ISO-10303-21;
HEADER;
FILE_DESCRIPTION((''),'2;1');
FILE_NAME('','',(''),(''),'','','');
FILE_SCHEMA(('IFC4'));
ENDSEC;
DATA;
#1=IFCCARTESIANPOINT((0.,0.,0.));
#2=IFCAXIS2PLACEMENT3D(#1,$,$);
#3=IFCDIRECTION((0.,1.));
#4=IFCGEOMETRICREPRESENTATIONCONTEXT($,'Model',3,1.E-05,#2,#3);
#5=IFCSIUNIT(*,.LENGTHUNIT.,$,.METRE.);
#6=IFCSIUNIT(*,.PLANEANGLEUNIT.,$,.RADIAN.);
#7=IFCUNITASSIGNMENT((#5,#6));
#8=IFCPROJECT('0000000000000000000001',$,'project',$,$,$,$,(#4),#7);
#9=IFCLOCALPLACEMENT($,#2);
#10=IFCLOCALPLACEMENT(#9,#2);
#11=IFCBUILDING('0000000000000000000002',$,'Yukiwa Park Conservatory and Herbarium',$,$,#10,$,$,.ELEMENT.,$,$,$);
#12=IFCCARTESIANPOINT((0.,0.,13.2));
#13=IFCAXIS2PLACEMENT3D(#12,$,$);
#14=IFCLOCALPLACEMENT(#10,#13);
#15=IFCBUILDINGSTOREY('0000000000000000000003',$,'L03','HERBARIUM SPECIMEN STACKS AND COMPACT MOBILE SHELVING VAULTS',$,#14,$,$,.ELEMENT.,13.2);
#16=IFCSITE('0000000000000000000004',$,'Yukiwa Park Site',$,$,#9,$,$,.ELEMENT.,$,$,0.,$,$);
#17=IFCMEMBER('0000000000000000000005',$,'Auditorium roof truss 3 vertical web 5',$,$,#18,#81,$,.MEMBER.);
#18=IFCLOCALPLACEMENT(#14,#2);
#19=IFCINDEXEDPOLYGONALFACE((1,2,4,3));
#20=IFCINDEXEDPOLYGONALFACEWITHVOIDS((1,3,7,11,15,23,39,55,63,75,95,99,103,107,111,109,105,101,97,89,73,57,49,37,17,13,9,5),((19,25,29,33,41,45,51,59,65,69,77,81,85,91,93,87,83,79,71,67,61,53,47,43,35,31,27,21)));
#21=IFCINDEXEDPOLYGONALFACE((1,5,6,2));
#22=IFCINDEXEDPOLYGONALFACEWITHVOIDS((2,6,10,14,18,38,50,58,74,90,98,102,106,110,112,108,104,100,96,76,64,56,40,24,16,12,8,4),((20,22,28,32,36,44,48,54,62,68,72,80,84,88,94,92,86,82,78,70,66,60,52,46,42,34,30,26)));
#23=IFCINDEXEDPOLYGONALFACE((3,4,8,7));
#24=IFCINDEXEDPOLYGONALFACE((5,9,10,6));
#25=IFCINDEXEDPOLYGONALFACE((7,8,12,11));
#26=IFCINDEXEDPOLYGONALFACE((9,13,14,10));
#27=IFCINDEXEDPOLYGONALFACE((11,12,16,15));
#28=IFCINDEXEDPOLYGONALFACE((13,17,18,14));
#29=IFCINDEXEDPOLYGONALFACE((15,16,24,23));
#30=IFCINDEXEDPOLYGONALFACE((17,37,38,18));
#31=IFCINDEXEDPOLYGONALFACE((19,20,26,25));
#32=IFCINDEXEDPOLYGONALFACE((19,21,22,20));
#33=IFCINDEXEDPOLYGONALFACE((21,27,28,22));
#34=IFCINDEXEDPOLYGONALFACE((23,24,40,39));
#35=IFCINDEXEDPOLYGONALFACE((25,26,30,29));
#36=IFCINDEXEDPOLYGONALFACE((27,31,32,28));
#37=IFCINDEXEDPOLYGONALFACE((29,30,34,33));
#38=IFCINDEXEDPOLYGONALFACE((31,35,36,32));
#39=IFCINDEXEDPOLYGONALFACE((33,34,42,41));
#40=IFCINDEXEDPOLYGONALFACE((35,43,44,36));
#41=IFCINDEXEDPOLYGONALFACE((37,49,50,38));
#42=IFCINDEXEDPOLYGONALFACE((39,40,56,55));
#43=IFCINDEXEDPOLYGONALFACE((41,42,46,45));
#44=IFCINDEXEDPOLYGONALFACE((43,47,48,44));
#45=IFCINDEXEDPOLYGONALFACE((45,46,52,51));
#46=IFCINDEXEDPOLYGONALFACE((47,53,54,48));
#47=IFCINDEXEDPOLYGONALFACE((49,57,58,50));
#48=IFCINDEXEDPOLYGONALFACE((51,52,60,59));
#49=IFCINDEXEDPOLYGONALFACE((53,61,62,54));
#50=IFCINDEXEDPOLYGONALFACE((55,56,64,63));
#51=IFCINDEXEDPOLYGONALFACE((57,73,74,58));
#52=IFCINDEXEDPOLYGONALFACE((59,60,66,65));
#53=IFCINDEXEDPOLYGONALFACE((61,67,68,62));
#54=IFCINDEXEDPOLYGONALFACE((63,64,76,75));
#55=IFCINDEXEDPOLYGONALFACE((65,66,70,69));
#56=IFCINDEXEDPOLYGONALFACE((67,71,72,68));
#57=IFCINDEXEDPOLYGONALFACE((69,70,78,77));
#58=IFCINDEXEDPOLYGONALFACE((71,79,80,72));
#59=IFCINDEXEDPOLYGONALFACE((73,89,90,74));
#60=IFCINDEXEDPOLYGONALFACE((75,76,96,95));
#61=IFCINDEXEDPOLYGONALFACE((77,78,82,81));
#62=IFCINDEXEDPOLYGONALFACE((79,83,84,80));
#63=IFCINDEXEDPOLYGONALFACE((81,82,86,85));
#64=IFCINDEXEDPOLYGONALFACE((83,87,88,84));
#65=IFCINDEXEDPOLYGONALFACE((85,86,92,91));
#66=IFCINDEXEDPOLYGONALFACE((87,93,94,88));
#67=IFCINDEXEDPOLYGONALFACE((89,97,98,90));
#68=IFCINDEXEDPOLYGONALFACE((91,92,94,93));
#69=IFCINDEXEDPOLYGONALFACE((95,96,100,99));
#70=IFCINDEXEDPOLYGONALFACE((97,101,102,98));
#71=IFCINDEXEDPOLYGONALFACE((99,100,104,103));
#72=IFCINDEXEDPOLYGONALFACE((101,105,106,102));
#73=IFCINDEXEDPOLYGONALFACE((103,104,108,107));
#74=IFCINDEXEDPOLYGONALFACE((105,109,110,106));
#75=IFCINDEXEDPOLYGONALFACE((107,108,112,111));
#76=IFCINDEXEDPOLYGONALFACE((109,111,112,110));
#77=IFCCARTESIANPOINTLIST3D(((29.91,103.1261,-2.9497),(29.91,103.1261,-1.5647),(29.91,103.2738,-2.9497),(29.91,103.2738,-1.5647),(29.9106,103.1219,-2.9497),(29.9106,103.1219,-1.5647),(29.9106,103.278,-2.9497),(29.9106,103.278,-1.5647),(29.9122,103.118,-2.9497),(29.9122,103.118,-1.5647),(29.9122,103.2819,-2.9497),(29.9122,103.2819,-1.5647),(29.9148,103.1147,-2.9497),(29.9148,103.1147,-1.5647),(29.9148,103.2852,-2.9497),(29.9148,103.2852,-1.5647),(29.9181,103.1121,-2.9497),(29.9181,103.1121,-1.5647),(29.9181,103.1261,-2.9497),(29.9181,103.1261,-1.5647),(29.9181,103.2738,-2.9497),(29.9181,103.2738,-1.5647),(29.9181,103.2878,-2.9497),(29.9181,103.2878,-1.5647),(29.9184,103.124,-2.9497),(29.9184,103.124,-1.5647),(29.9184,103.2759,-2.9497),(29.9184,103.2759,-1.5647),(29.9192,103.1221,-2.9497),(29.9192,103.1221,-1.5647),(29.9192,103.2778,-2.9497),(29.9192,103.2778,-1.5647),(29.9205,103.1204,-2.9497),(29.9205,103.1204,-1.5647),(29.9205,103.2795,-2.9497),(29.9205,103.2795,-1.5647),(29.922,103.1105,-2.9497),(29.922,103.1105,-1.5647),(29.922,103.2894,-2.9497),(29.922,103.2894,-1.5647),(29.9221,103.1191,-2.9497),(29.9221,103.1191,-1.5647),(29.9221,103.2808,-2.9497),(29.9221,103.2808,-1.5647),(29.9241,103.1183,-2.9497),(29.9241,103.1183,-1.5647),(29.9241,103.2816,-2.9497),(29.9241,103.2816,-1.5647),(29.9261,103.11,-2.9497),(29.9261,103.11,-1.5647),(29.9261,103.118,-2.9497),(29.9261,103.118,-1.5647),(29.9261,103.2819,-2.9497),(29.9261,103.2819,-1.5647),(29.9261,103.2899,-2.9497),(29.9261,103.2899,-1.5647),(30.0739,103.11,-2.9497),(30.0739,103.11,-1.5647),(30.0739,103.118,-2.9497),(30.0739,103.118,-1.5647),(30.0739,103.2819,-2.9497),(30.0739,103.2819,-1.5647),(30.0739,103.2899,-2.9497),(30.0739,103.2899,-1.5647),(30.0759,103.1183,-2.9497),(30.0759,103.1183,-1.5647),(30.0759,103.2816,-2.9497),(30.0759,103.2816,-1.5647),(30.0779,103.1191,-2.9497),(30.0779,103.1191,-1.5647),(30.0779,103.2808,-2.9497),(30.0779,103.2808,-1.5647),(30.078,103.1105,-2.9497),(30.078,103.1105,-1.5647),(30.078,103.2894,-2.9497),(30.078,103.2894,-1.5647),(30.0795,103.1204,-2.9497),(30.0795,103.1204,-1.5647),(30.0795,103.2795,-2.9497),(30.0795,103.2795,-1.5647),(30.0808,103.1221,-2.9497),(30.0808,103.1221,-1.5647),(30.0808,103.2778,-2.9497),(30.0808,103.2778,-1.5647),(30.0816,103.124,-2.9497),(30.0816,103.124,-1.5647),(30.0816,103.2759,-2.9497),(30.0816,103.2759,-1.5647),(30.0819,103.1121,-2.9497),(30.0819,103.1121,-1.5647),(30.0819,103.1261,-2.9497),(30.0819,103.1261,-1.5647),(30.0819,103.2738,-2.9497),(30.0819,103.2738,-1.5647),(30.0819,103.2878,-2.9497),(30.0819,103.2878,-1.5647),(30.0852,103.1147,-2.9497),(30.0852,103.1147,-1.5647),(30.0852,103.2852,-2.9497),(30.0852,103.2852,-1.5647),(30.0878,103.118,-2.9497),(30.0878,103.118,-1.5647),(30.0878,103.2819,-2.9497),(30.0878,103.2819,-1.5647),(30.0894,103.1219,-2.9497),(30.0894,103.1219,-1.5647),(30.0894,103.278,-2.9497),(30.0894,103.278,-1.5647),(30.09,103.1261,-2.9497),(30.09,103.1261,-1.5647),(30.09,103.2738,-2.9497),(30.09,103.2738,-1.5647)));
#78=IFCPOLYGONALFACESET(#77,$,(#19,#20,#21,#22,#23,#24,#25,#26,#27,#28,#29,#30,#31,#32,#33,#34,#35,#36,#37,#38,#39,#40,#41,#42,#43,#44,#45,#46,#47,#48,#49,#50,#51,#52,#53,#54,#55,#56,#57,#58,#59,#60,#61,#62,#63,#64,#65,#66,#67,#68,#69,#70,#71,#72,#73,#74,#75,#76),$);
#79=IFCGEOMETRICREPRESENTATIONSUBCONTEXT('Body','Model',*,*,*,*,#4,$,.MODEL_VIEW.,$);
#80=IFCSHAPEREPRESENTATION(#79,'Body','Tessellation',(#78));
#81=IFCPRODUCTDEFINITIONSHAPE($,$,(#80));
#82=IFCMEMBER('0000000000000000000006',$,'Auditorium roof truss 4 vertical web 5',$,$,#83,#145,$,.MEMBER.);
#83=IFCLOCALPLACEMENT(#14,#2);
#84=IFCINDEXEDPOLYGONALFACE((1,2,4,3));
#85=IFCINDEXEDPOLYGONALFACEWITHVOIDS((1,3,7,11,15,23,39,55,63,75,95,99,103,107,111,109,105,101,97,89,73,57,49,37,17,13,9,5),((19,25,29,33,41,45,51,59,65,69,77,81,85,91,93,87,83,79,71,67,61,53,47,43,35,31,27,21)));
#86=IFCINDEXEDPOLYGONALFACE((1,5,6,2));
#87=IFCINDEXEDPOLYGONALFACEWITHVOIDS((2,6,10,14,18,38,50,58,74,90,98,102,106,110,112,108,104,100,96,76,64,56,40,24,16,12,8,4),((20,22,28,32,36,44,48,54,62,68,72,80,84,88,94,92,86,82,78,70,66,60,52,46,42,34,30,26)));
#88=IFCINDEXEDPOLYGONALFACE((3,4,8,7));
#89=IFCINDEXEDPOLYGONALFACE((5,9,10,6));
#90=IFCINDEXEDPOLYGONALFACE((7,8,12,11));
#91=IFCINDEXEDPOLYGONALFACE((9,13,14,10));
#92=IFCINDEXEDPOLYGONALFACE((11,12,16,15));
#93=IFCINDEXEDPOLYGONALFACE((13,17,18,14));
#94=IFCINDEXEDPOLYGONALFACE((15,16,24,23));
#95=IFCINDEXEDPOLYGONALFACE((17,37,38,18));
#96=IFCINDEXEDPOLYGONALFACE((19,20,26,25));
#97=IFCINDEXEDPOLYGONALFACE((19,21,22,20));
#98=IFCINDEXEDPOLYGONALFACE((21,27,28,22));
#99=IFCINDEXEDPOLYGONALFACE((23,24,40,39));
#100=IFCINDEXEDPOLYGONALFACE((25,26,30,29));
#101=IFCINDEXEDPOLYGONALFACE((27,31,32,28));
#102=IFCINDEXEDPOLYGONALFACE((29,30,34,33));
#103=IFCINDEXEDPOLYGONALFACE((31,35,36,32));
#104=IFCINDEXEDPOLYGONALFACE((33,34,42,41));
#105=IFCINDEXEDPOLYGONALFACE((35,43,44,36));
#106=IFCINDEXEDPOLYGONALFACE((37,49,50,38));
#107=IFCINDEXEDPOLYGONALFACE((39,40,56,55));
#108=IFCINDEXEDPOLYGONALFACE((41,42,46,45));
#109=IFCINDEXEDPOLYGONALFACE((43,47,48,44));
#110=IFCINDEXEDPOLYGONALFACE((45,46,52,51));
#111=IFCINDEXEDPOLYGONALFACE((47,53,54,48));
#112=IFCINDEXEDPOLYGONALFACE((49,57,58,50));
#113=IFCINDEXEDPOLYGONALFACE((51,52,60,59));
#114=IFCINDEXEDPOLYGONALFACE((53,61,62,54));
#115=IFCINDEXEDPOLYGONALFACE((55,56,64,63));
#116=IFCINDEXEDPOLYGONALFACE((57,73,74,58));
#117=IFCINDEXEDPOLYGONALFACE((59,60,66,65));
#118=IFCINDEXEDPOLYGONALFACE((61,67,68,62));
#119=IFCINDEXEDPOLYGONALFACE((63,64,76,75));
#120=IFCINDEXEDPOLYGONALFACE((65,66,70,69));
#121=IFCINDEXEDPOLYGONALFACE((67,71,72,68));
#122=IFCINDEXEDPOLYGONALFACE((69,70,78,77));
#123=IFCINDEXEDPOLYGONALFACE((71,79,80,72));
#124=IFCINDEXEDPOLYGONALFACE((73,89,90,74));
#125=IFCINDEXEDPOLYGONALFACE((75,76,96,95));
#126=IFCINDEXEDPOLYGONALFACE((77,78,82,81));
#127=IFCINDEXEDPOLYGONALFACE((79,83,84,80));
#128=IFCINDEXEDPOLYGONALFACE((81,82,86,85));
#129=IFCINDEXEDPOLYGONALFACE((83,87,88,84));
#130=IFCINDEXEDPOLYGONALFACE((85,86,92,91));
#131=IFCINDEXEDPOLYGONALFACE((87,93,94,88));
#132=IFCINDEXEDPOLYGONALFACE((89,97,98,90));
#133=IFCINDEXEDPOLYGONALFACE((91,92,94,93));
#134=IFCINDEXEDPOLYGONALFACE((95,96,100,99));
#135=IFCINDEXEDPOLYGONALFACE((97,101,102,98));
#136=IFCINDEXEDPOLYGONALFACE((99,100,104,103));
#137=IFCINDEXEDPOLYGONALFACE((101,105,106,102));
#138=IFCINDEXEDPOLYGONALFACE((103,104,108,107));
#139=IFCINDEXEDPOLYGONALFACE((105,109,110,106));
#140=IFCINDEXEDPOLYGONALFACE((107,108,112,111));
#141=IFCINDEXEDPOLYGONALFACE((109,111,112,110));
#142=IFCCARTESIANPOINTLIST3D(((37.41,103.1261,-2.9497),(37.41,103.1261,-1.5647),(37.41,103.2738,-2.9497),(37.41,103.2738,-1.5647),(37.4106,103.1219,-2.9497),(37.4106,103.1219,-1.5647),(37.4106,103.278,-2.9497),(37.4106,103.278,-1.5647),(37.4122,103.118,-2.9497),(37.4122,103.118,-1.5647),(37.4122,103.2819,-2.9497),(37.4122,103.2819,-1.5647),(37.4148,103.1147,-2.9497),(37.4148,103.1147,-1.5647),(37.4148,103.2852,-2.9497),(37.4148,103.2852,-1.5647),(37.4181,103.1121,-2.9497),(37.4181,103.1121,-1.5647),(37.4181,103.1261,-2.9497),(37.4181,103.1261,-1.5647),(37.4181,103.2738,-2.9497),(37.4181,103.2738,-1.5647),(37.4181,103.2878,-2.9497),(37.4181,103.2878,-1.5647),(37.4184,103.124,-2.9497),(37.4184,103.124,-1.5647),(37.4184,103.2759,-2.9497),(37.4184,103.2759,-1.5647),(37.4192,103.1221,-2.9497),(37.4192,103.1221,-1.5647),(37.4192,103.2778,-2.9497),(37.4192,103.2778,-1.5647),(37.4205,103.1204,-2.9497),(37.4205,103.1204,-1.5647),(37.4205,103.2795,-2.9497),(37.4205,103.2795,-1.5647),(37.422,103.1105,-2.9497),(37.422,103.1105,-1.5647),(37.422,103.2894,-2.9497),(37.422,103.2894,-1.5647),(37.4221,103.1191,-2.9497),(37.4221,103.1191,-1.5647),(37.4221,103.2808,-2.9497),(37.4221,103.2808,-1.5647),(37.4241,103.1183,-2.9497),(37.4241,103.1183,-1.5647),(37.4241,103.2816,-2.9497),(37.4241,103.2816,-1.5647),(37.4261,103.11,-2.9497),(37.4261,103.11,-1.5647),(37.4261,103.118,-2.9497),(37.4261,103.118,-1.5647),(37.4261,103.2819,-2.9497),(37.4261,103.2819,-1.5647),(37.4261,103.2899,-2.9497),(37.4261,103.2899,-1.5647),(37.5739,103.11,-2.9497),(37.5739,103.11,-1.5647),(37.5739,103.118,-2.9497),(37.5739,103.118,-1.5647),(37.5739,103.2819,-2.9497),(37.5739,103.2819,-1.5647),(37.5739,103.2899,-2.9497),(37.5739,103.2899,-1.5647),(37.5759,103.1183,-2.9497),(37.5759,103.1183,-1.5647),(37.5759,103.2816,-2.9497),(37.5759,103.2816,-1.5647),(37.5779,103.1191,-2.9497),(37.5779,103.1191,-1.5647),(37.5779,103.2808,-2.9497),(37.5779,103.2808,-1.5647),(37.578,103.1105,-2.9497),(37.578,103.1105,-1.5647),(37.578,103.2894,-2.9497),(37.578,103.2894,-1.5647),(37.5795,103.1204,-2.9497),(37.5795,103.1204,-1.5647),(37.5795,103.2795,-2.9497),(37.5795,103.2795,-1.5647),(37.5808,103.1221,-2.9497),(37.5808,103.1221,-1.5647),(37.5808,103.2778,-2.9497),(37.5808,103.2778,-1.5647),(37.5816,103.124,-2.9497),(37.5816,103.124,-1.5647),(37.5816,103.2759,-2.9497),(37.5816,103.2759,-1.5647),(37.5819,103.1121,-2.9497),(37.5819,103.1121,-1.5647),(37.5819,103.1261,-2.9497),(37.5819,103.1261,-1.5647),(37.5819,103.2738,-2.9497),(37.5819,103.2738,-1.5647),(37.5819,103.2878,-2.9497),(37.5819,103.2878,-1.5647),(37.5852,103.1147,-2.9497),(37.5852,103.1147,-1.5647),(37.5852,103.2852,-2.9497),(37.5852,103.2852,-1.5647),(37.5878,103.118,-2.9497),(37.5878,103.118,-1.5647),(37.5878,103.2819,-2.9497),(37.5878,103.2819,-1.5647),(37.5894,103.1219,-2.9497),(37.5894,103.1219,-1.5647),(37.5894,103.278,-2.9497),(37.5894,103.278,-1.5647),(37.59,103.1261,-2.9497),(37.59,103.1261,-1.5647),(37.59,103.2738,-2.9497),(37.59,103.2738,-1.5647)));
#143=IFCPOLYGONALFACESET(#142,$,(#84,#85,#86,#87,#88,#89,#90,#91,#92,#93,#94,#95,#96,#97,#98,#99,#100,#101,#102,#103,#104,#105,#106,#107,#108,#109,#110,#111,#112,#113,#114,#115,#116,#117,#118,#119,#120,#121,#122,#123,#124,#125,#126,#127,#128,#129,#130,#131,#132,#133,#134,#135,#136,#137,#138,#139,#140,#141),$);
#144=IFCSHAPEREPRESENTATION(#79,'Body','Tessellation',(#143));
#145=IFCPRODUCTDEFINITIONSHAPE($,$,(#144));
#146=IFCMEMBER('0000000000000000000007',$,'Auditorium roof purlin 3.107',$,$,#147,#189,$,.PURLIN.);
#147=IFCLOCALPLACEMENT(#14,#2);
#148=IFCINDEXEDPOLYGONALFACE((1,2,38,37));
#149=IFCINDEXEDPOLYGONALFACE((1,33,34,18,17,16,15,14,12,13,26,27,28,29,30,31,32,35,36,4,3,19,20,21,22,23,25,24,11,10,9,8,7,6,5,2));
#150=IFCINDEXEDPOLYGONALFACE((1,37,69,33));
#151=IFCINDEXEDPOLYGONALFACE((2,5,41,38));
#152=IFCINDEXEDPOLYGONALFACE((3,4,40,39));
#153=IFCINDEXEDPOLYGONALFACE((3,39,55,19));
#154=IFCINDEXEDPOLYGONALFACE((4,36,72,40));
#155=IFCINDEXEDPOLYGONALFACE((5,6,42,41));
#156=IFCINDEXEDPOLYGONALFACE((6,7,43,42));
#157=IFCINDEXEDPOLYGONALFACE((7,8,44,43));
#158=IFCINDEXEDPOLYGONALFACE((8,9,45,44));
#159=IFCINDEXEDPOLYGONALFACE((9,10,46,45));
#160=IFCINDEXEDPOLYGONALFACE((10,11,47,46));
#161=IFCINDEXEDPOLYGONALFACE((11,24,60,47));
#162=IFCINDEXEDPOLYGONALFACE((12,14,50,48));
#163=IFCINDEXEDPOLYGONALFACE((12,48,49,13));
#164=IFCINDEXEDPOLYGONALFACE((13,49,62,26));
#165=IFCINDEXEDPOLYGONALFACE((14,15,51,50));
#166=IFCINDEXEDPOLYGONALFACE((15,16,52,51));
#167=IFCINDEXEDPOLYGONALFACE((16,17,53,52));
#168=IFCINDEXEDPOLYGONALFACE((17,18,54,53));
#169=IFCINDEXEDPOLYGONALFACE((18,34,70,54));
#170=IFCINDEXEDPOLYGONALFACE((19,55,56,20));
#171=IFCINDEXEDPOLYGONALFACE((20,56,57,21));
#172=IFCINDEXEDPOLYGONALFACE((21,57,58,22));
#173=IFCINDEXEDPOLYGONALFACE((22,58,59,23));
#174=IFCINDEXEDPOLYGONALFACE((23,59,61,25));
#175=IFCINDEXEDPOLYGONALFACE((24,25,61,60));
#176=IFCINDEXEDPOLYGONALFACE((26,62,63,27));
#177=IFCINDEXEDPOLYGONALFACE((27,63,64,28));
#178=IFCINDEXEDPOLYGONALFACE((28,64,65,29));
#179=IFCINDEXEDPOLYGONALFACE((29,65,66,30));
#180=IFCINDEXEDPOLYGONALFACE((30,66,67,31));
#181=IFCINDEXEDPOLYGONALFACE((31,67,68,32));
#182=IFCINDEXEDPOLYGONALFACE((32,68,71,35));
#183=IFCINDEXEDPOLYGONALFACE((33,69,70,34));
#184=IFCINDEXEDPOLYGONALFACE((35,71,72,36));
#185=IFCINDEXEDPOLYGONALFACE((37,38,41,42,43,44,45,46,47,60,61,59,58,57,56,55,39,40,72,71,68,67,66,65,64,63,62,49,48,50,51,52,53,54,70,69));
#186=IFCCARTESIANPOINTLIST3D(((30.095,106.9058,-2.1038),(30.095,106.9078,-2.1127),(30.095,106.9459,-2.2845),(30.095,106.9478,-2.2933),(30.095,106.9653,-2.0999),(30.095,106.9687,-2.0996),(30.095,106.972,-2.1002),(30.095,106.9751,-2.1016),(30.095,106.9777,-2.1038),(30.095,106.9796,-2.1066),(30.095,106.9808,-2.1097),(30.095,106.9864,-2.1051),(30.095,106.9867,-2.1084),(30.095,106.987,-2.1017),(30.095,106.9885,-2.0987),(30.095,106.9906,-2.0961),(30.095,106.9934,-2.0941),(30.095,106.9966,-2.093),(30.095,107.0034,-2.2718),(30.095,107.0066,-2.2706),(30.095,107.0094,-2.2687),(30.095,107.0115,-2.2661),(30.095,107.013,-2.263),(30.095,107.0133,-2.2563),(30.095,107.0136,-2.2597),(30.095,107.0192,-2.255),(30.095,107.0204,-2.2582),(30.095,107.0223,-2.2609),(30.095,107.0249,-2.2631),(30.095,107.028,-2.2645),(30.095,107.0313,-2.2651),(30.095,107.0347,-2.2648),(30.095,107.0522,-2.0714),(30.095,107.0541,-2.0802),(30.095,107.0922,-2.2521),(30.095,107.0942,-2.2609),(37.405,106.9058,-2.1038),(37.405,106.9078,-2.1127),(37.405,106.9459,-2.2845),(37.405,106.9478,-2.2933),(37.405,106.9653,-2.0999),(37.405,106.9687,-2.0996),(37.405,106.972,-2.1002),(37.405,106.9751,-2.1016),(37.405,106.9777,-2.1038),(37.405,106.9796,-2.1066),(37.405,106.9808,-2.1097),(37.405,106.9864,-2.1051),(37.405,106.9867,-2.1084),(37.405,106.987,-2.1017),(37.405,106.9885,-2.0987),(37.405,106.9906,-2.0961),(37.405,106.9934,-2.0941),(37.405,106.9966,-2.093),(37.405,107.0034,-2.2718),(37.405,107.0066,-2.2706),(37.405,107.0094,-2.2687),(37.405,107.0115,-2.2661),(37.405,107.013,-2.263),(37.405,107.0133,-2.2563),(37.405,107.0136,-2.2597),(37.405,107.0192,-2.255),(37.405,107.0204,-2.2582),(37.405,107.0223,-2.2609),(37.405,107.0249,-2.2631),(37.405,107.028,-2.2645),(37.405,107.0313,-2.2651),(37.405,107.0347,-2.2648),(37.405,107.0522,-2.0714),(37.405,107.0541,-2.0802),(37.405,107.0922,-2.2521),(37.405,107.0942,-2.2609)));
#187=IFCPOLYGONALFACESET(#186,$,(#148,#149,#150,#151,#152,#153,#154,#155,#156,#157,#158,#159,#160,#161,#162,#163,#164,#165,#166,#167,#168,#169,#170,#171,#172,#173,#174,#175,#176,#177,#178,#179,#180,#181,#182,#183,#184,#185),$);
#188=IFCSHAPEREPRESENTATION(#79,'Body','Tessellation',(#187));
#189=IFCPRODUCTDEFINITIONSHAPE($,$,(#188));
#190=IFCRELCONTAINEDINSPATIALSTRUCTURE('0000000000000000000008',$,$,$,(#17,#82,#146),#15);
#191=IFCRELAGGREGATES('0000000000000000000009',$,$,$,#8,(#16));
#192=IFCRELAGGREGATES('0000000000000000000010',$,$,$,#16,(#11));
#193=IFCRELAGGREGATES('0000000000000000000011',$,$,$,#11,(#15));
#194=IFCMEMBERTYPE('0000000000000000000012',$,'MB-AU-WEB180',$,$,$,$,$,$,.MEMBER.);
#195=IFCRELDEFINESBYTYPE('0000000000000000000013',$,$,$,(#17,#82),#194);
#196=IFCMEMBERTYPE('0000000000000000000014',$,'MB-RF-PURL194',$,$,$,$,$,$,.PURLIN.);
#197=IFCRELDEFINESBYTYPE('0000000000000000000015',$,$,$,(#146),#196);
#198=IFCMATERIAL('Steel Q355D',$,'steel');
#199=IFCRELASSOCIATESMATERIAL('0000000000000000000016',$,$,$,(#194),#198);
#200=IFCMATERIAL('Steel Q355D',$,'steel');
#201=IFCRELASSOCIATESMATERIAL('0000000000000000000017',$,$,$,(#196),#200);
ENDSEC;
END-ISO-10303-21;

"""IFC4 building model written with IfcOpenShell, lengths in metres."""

from ifc_helpers import new_model, si_unit, direction, frame, origin, origin_2d, place, context, subcontext, project, spatial, hollow_rectangle, i_section, extrude, material, material_profile, profile_set, type_object, element, save


model = new_model("IFC4")

# Units and contexts
model_context = context("Model", 3, precision=1e-05, world=origin(), true_north=direction((0.0, 1.0)))
body_context = subcontext(model_context, "Body", "Model", "MODEL_VIEW")
ifc_project = project(units=[si_unit("LENGTHUNIT", "METRE"), si_unit("PLANEANGLEUNIT", "RADIAN")], contexts=[model_context])

# Site, building, storey
site_placement = place(None, origin())
site = spatial("IfcSite", under=ifc_project, at=site_placement, Name="Yukiwa Park Site", CompositionType="ELEMENT", RefElevation=0.0)
building_placement = place(site_placement, origin())
building = spatial("IfcBuilding", under=site, at=building_placement, Name="Yukiwa Park Conservatory and Herbarium", CompositionType="ELEMENT")
storey_placement = place(building_placement, frame((0.0, 0.0, 13.2)))
storey = spatial("IfcBuildingStorey", under=building, at=storey_placement, Name="L03", Description="HERBARIUM SPECIMEN STACKS AND COMPACT MOBILE SHELVING VAULTS", CompositionType="ELEMENT", Elevation=13.2)

# Members
ifc_material_1 = material(Name="Steel Q355D", Category="steel")
ifc_material_profile_1 = material_profile(ifc_material_1, hollow_rectangle(XDim=0.1799, YDim=0.1799, WallThickness=0.0081, InnerFilletRadius=0.0081, OuterFilletRadius=0.0161, at=origin_2d()), Name="SHS 180x180x8")
ifc_profile_set_1 = profile_set([ifc_material_profile_1], Name="Steel Q355D")
member_type_1 = type_object("IfcMemberType", Name="MB-AU-WEB180", PredefinedType="MEMBER", material=ifc_profile_set_1)
for number, where, z_axis, x_axis, name in (
    (1, (30.0, 103.2, -2.9497), (0.0, 0.0, 1.0), (1.0, 0.0, 0.0), "Auditorium roof truss 3 vertical web 5"),
    (2, (37.5, 103.2, -2.9497), (0.0, 0.0, 1.0), (1.0, 0.0, 0.0), "Auditorium roof truss 4 vertical web 5"),
):
    element("IfcMember", number, at=place(storey_placement, frame(where, z_axis=z_axis, x_axis=x_axis)), inside=storey, type_object=member_type_1, Name=name, PredefinedType="MEMBER", context=body_context, shape_type="SweptSolid", body=[
        extrude(hollow_rectangle(XDim=0.1799, YDim=0.1799, WallThickness=0.0081, InnerFilletRadius=0.0081, OuterFilletRadius=0.0161, at=origin_2d()), origin(), (0.0, 0.0, 1.0), 1.385),
    ])
ifc_material_2 = material(Name="Steel Q355D", Category="steel")
ifc_material_profile_2 = material_profile(ifc_material_2, i_section(OverallWidth=0.1499, OverallDepth=0.1941, WebThickness=0.0061, FlangeThickness=0.009, FilletRadius=0.0129, at=origin_2d()), Name="HM 194x150x6x9")
ifc_profile_set_2 = profile_set([ifc_material_profile_2], Name="Steel Q355D")
member_type_2 = type_object("IfcMemberType", Name="MB-RF-PURL194", PredefinedType="PURLIN", material=ifc_profile_set_2)
for number, where, z_axis, x_axis, name in (
    (3, (30.095, 107.0, -2.1824), (1.0, 0.0, 0.0), (0.0, 0.976296, 0.21644), "Auditorium roof purlin 3.107"),
):
    element("IfcMember", number, at=place(storey_placement, frame(where, z_axis=z_axis, x_axis=x_axis)), inside=storey, type_object=member_type_2, Name=name, PredefinedType="PURLIN", context=body_context, shape_type="SweptSolid", body=[
        extrude(i_section(OverallWidth=0.1499, OverallDepth=0.1941, WebThickness=0.0061, FlangeThickness=0.009, FilletRadius=0.0129, at=origin_2d()), origin(), (0.0, 0.0, 1.0), 7.3101),
    ])

save(model, "model.ifc")
